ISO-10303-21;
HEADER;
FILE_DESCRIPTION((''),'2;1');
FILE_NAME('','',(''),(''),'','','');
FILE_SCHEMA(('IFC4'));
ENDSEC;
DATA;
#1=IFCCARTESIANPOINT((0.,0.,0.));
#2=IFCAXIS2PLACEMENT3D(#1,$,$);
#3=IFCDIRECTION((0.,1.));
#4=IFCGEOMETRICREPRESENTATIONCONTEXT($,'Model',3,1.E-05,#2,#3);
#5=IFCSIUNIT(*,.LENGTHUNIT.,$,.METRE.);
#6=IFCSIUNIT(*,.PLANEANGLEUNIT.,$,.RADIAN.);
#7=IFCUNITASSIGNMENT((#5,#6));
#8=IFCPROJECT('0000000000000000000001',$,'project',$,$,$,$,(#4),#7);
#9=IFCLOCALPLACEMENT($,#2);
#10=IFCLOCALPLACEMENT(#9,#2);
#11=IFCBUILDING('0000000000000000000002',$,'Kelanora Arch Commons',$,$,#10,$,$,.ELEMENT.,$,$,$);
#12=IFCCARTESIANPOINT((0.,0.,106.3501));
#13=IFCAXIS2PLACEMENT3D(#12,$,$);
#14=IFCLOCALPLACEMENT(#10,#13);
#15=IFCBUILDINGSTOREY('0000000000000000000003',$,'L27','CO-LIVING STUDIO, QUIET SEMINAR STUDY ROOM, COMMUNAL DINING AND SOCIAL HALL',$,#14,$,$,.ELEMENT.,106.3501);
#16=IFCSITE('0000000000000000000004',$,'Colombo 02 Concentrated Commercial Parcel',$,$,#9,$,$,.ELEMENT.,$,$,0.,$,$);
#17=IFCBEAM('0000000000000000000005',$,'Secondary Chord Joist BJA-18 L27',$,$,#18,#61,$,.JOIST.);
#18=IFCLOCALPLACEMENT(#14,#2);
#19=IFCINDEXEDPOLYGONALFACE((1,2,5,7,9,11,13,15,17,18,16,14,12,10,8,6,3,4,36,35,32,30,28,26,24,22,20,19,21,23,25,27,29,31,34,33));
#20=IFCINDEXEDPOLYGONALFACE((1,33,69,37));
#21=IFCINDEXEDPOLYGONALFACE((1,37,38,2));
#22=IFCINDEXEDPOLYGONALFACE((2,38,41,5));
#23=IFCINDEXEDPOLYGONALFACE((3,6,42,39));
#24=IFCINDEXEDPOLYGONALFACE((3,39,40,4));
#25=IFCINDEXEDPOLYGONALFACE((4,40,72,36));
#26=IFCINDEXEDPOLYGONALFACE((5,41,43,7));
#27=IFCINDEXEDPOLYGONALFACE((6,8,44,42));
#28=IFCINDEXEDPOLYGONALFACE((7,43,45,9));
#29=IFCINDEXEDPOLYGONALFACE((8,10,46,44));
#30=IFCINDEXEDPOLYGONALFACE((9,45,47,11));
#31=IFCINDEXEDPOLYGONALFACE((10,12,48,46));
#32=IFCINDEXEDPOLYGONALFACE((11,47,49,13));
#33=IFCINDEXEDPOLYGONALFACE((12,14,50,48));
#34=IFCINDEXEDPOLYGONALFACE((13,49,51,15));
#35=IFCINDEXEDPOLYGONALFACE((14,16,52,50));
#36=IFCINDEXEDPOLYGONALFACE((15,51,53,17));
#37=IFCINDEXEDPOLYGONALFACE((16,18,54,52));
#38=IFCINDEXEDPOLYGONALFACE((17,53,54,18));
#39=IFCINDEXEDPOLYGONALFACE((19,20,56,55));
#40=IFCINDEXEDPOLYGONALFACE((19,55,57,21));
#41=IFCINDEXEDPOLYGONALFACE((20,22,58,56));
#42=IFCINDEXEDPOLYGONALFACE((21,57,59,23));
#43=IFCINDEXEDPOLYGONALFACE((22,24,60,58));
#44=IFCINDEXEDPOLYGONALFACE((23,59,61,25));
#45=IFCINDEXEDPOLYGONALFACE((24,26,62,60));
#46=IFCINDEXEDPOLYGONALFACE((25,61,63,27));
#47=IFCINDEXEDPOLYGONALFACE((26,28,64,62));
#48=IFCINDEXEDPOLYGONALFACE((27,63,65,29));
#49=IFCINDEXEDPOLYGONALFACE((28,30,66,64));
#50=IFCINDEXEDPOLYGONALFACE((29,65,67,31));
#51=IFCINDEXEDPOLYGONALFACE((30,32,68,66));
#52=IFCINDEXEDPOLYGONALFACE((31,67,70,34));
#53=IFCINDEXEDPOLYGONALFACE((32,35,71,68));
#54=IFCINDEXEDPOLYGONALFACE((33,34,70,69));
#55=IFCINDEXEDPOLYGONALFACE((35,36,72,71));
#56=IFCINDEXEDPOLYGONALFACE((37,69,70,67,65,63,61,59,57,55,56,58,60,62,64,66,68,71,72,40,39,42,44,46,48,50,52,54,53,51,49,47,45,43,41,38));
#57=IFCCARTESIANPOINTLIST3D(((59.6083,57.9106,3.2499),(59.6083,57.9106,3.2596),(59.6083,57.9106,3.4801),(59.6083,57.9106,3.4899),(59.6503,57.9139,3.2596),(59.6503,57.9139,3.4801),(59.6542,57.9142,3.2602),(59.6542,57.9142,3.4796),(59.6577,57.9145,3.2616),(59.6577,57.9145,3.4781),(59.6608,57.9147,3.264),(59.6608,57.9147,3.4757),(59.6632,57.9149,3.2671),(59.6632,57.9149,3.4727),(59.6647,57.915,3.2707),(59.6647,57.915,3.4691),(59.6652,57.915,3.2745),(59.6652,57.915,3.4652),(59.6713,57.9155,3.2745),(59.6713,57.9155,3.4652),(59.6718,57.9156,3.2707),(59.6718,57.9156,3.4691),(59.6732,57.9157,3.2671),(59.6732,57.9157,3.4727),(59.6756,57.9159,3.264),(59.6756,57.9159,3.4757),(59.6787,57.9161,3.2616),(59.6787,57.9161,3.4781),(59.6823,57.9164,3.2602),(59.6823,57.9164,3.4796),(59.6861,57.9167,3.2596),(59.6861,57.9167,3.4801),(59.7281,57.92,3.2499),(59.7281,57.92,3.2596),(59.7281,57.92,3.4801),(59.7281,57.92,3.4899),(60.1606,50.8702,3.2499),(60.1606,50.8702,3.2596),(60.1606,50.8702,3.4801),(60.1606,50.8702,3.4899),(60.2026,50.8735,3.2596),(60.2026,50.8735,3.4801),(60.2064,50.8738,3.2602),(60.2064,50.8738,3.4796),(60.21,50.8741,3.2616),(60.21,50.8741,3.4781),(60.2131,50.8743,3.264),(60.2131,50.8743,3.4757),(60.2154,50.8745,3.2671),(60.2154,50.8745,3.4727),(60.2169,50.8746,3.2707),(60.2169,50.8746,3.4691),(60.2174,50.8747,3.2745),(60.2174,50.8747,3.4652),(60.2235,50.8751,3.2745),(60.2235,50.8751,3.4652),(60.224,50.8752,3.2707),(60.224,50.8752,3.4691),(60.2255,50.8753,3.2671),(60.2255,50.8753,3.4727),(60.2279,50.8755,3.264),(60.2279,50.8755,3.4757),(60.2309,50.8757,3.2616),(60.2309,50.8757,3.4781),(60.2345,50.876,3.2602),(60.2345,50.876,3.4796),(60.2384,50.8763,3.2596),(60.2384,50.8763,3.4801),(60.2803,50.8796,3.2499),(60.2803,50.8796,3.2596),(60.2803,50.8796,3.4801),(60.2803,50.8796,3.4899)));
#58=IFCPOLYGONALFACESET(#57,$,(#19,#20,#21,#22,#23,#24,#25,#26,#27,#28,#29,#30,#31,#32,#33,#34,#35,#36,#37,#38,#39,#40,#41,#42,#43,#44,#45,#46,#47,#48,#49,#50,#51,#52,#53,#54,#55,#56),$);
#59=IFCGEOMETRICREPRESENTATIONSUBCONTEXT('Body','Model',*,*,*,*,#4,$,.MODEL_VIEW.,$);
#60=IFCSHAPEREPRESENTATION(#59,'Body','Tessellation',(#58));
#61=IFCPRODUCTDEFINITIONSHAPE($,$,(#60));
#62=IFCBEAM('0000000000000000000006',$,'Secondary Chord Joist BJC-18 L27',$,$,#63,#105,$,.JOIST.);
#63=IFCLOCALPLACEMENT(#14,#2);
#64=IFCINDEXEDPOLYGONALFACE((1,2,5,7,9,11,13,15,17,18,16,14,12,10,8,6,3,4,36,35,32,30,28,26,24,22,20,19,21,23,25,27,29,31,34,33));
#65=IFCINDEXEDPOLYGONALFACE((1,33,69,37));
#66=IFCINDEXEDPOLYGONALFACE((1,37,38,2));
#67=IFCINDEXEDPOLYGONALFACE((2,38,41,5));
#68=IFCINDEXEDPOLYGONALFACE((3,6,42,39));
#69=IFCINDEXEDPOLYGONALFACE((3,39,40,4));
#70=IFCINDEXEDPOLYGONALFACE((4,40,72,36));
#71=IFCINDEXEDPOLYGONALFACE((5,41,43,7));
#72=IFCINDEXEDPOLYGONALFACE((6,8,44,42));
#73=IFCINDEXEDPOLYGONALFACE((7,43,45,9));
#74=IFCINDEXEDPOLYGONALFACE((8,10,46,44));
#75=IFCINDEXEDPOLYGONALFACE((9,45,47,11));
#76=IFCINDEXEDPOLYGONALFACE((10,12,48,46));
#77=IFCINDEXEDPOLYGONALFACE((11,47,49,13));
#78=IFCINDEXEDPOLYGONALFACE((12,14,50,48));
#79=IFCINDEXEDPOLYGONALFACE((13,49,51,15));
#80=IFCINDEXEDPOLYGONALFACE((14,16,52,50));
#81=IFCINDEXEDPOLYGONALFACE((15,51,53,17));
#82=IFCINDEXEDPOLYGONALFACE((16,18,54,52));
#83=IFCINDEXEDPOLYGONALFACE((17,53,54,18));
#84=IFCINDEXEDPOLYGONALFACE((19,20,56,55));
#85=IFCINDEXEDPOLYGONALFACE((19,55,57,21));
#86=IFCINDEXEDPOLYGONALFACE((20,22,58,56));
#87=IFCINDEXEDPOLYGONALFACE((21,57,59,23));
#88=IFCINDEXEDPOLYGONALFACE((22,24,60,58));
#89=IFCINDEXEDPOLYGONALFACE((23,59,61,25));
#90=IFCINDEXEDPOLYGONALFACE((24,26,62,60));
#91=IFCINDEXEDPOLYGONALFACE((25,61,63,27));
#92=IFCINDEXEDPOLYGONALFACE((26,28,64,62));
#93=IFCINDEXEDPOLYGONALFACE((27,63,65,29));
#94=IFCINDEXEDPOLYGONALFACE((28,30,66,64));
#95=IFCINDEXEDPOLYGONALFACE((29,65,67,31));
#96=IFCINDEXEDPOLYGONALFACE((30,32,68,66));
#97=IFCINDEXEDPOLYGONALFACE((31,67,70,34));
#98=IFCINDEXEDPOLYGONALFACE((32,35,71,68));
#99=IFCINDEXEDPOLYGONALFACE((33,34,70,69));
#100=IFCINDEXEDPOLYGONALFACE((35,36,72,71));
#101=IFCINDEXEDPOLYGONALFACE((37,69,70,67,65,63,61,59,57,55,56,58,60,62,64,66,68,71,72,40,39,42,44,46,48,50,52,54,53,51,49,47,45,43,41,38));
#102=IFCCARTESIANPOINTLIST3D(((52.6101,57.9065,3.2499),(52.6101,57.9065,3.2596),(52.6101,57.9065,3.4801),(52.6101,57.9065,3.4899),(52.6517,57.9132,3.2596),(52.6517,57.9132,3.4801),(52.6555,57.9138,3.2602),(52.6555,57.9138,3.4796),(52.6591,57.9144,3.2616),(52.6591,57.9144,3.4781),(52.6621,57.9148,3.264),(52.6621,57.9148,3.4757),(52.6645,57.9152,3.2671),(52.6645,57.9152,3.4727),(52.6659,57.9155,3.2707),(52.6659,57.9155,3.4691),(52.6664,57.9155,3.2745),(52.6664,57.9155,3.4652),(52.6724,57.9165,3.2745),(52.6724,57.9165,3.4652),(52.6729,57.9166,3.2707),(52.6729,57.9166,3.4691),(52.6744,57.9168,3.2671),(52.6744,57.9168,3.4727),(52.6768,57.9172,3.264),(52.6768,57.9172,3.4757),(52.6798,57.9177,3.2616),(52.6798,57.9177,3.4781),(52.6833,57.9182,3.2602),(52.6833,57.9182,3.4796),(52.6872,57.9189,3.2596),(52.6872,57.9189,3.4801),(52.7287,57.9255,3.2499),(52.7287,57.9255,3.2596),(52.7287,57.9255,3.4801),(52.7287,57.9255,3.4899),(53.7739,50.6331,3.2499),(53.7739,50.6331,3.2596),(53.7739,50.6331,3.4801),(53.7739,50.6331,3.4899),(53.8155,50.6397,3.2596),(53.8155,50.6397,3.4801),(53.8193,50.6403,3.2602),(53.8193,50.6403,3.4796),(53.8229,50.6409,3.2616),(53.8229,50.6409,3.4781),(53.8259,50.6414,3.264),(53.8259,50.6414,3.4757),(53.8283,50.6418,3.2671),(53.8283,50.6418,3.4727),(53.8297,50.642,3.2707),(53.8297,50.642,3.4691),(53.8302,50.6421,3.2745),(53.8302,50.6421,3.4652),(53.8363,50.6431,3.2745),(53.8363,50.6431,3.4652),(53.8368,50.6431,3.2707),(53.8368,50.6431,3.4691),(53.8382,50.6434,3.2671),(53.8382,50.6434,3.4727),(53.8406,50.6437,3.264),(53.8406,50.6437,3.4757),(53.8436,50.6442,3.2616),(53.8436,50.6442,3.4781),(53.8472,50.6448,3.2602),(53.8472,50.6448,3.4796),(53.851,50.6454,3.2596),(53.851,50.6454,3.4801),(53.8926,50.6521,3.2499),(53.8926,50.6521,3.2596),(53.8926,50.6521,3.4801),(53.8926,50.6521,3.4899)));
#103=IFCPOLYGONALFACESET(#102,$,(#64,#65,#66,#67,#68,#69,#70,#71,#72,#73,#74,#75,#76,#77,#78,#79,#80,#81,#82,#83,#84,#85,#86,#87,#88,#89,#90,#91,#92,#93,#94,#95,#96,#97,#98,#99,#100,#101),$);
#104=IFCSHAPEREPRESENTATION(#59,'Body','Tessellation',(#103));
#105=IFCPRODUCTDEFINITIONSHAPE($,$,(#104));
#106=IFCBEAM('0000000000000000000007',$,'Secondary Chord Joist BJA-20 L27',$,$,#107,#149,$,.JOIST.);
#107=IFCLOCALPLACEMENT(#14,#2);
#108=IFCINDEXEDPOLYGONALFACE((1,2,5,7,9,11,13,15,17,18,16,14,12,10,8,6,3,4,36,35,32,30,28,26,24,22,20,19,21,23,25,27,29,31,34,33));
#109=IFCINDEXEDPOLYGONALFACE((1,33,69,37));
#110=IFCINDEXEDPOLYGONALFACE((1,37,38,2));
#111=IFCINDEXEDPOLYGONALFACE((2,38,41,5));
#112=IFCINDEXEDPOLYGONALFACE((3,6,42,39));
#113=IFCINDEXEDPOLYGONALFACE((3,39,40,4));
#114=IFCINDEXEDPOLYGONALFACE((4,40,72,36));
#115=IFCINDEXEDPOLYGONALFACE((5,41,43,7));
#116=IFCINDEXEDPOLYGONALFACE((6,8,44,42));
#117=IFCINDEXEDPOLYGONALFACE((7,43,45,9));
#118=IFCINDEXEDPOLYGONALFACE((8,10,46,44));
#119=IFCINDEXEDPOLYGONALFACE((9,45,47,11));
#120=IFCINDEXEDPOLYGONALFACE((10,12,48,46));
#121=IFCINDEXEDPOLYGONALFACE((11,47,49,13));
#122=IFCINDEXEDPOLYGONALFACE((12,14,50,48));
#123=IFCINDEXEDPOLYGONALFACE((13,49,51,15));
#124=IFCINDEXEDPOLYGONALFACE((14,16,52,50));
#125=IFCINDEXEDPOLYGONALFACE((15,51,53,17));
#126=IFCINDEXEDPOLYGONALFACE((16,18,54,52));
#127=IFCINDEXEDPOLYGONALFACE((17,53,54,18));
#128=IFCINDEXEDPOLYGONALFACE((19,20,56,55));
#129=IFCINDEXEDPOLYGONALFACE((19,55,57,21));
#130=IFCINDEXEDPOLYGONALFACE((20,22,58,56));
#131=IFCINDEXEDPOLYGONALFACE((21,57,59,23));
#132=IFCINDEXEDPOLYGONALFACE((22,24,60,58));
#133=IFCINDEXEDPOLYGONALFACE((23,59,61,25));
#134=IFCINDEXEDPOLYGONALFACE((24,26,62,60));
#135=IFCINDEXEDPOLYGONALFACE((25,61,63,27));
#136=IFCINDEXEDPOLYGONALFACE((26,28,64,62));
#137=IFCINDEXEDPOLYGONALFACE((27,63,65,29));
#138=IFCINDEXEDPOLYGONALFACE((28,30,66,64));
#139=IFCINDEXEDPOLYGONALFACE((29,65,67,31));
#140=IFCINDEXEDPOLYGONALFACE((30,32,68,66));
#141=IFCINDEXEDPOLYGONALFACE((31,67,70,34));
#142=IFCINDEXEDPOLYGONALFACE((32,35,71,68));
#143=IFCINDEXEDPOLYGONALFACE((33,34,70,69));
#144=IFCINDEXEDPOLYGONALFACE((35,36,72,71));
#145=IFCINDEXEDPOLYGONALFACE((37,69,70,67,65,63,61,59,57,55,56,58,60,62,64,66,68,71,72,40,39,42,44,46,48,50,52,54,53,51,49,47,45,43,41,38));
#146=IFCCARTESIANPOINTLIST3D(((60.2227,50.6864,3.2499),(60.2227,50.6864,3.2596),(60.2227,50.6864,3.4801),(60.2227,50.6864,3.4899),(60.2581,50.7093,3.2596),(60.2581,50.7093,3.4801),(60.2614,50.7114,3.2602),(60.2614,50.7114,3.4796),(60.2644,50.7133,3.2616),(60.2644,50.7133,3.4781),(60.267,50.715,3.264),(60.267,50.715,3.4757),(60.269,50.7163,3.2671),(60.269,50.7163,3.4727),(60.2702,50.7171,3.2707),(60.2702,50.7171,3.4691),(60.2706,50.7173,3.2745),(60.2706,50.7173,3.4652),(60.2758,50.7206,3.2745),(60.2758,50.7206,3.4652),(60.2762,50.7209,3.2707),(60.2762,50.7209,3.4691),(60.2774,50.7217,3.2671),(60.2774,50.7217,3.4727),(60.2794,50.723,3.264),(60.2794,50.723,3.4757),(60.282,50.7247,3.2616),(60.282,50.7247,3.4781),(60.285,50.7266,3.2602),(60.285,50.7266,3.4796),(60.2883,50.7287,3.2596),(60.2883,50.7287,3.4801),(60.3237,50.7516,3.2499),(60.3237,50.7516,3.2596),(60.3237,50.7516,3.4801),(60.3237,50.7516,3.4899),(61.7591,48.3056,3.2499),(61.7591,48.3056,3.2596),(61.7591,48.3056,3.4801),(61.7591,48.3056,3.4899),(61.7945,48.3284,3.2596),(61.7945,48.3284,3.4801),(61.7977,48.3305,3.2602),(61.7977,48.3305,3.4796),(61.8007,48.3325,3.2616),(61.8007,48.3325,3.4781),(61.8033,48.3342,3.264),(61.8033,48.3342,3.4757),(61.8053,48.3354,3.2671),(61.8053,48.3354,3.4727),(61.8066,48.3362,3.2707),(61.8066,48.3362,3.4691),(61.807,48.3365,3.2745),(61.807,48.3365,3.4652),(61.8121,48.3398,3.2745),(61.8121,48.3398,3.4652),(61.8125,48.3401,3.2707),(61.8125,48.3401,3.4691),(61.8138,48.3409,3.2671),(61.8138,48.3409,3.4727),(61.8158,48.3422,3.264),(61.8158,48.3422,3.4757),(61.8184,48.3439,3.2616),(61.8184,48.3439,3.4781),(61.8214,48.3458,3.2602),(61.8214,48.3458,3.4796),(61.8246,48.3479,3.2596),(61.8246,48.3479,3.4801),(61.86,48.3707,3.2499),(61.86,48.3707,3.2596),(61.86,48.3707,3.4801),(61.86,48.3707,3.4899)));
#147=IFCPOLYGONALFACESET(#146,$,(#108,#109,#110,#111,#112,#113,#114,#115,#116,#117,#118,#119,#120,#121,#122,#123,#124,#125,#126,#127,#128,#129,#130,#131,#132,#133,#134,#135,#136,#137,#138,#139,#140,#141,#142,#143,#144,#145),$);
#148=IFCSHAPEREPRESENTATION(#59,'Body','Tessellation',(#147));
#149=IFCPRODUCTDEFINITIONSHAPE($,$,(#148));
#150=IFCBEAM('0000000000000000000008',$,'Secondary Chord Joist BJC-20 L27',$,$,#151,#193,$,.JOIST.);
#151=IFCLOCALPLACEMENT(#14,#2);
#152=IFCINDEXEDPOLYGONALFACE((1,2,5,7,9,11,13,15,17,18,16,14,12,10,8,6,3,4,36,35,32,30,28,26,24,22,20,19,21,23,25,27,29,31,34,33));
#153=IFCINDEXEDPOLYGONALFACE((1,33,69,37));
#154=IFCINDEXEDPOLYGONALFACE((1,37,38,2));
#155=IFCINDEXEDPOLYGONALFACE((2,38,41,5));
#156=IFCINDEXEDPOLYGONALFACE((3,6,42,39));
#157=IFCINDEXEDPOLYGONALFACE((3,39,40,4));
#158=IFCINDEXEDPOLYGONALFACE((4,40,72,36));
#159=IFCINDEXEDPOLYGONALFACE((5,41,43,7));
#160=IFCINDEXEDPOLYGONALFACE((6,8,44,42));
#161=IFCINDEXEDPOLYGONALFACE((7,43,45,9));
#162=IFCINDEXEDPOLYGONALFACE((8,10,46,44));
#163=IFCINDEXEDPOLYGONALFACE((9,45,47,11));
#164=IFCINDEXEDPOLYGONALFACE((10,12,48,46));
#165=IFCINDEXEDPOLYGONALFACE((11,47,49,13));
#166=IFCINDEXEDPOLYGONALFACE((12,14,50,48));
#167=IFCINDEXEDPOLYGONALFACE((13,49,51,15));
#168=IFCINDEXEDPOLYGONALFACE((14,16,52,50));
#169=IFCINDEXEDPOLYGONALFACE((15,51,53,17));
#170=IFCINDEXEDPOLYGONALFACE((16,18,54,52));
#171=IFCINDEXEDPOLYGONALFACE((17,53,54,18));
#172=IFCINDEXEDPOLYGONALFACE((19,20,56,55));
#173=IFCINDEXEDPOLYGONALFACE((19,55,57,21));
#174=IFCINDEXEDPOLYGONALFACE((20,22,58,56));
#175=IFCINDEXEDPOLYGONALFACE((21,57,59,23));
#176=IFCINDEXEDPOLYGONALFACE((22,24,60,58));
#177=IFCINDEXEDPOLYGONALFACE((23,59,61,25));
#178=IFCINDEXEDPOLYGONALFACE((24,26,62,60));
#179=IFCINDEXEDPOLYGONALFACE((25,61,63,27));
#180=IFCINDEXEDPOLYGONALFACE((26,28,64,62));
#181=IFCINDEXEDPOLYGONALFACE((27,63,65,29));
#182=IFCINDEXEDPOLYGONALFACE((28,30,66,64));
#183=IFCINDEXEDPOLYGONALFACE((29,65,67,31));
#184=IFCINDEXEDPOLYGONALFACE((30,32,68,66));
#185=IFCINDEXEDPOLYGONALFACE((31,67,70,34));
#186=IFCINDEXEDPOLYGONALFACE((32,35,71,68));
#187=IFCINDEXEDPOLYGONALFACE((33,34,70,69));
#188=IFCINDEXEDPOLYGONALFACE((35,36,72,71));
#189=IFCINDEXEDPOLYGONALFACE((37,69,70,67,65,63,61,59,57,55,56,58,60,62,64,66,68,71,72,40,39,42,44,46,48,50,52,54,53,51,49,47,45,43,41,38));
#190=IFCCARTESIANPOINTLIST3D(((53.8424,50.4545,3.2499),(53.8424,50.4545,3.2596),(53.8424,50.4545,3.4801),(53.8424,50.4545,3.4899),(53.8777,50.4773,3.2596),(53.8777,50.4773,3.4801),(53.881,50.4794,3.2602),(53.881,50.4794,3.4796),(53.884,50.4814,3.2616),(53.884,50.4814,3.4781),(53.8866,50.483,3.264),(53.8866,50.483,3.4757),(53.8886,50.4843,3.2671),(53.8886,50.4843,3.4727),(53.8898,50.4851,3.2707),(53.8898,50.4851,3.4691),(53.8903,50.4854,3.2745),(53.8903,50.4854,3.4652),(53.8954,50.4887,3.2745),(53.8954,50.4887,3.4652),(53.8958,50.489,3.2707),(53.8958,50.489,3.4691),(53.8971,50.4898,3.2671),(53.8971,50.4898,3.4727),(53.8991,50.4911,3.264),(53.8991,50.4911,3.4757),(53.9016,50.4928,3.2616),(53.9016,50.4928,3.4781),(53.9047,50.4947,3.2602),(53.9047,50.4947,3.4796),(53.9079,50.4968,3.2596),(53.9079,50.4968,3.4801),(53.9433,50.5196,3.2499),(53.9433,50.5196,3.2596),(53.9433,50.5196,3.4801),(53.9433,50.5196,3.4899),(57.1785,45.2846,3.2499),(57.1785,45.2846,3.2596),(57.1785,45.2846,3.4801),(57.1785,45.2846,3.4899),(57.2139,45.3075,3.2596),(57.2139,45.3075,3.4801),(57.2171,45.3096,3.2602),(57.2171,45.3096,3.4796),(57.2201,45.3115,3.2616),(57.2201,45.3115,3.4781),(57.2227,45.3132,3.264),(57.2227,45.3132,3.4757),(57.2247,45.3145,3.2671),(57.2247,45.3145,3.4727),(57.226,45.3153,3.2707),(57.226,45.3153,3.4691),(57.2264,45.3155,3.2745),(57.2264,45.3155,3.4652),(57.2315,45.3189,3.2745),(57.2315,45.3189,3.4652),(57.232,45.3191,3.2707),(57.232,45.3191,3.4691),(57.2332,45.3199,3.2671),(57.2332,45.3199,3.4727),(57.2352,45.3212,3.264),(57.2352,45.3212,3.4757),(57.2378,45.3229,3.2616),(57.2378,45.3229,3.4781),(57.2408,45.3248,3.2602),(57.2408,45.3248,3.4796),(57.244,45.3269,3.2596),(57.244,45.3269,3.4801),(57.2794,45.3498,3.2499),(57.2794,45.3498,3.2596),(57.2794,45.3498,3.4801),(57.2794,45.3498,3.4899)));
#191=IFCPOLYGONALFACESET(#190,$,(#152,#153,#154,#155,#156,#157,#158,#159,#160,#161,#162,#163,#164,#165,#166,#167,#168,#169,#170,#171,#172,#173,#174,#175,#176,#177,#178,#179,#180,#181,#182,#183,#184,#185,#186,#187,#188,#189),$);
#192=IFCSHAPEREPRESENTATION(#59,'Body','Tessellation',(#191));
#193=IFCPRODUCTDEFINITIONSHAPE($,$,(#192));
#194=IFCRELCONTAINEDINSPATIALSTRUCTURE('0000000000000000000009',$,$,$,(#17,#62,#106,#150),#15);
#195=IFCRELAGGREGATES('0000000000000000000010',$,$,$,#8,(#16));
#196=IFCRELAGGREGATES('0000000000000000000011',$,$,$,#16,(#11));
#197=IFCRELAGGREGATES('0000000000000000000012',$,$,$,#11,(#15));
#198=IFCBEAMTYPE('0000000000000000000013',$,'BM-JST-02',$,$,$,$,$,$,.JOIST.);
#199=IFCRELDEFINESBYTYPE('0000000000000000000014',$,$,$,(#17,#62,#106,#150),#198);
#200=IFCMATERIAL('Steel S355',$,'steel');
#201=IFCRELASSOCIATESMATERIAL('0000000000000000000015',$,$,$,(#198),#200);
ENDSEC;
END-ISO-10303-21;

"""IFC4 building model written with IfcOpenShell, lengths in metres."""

from ifc_helpers import new_model, si_unit, direction, frame, origin, origin_2d, place, context, subcontext, project, spatial, i_section, extrude, material, material_profile, profile_set, type_object, element, save


model = new_model("IFC4")

# Units and contexts
model_context = context("Model", 3, precision=1e-05, world=origin(), true_north=direction((0.0, 1.0)))
body_context = subcontext(model_context, "Body", "Model", "MODEL_VIEW")
ifc_project = project(units=[si_unit("LENGTHUNIT", "METRE"), si_unit("PLANEANGLEUNIT", "RADIAN")], contexts=[model_context])

# Site, building, storey
site_placement = place(None, origin())
site = spatial("IfcSite", under=ifc_project, at=site_placement, Name="Colombo 02 Concentrated Commercial Parcel", CompositionType="ELEMENT", RefElevation=0.0)
building_placement = place(site_placement, origin())
building = spatial("IfcBuilding", under=site, at=building_placement, Name="Kelanora Arch Commons", CompositionType="ELEMENT")
storey_placement = place(building_placement, frame((0.0, 0.0, 106.3501)))
storey = spatial("IfcBuildingStorey", under=building, at=storey_placement, Name="L27", Description="CO-LIVING STUDIO, QUIET SEMINAR STUDY ROOM, COMMUNAL DINING AND SOCIAL HALL", CompositionType="ELEMENT", Elevation=106.3501)

# Beams
ifc_material_1 = material(Name="Steel S355", Category="steel")
ifc_material_profile_1 = material_profile(ifc_material_1, i_section(OverallWidth=0.1201, OverallDepth=0.24, WebThickness=0.0061, FlangeThickness=0.0098, FilletRadius=0.0149, at=origin_2d()), Name="IPE240")
ifc_profile_set_1 = profile_set([ifc_material_profile_1], Name="Steel S355")
beam_type_1 = type_object("IfcBeamType", Name="BM-JST-02", PredefinedType="JOIST", material=ifc_profile_set_1)
beam_1_placement = place(storey_placement, frame((59.6682, 57.9153, 3.3699), z_axis=(0.078201, -0.996938, 0.0), x_axis=(0.996938, 0.078201, 0.0)))
element("IfcBeam", 1, at=beam_1_placement, inside=storey, type_object=beam_type_1, Name="Secondary Chord Joist BJA-18 L27", PredefinedType="JOIST", context=body_context, shape_type="SweptSolid", body=[
    extrude(i_section(OverallWidth=0.1201, OverallDepth=0.24, WebThickness=0.0061, FlangeThickness=0.0098, FilletRadius=0.0149, at=origin_2d()), origin(), (0.0, 0.0, 1.0), 7.062),
])
beam_2_placement = place(storey_placement, frame((52.6694, 57.916, 3.3699), z_axis=(0.158, -0.987439, 0.0), x_axis=(0.987439, 0.158, 0.0)))
element("IfcBeam", 2, at=beam_2_placement, inside=storey, type_object=beam_type_1, Name="Secondary Chord Joist BJC-18 L27", PredefinedType="JOIST", context=body_context, shape_type="SweptSolid", body=[
    extrude(i_section(OverallWidth=0.1201, OverallDepth=0.24, WebThickness=0.0061, FlangeThickness=0.0098, FilletRadius=0.0149, at=origin_2d()), origin(), (0.0, 0.0, 1.0), 7.366),
])
beam_3_placement = place(storey_placement, frame((60.2732, 50.719, 3.3699), z_axis=(0.542211, -0.840242, 0.0), x_axis=(0.840242, 0.542211, 0.0)))
element("IfcBeam", 3, at=beam_3_placement, inside=storey, type_object=beam_type_1, Name="Secondary Chord Joist BJA-20 L27", PredefinedType="JOIST", context=body_context, shape_type="SweptSolid", body=[
    extrude(i_section(OverallWidth=0.1201, OverallDepth=0.24, WebThickness=0.0061, FlangeThickness=0.0098, FilletRadius=0.0149, at=origin_2d()), origin(), (0.0, 0.0, 1.0), 2.8335),
])
beam_4_placement = place(storey_placement, frame((53.8928, 50.4871, 3.3699), z_axis=(0.542213, -0.840241, 0.0), x_axis=(0.840241, 0.542213, 0.0)))
element("IfcBeam", 4, at=beam_4_placement, inside=storey, type_object=beam_type_1, Name="Secondary Chord Joist BJC-20 L27", PredefinedType="JOIST", context=body_context, shape_type="SweptSolid", body=[
    extrude(i_section(OverallWidth=0.1201, OverallDepth=0.24, WebThickness=0.0061, FlangeThickness=0.0098, FilletRadius=0.0149, at=origin_2d()), origin(), (0.0, 0.0, 1.0), 6.1528),
])

save(model, "model.ifc")
